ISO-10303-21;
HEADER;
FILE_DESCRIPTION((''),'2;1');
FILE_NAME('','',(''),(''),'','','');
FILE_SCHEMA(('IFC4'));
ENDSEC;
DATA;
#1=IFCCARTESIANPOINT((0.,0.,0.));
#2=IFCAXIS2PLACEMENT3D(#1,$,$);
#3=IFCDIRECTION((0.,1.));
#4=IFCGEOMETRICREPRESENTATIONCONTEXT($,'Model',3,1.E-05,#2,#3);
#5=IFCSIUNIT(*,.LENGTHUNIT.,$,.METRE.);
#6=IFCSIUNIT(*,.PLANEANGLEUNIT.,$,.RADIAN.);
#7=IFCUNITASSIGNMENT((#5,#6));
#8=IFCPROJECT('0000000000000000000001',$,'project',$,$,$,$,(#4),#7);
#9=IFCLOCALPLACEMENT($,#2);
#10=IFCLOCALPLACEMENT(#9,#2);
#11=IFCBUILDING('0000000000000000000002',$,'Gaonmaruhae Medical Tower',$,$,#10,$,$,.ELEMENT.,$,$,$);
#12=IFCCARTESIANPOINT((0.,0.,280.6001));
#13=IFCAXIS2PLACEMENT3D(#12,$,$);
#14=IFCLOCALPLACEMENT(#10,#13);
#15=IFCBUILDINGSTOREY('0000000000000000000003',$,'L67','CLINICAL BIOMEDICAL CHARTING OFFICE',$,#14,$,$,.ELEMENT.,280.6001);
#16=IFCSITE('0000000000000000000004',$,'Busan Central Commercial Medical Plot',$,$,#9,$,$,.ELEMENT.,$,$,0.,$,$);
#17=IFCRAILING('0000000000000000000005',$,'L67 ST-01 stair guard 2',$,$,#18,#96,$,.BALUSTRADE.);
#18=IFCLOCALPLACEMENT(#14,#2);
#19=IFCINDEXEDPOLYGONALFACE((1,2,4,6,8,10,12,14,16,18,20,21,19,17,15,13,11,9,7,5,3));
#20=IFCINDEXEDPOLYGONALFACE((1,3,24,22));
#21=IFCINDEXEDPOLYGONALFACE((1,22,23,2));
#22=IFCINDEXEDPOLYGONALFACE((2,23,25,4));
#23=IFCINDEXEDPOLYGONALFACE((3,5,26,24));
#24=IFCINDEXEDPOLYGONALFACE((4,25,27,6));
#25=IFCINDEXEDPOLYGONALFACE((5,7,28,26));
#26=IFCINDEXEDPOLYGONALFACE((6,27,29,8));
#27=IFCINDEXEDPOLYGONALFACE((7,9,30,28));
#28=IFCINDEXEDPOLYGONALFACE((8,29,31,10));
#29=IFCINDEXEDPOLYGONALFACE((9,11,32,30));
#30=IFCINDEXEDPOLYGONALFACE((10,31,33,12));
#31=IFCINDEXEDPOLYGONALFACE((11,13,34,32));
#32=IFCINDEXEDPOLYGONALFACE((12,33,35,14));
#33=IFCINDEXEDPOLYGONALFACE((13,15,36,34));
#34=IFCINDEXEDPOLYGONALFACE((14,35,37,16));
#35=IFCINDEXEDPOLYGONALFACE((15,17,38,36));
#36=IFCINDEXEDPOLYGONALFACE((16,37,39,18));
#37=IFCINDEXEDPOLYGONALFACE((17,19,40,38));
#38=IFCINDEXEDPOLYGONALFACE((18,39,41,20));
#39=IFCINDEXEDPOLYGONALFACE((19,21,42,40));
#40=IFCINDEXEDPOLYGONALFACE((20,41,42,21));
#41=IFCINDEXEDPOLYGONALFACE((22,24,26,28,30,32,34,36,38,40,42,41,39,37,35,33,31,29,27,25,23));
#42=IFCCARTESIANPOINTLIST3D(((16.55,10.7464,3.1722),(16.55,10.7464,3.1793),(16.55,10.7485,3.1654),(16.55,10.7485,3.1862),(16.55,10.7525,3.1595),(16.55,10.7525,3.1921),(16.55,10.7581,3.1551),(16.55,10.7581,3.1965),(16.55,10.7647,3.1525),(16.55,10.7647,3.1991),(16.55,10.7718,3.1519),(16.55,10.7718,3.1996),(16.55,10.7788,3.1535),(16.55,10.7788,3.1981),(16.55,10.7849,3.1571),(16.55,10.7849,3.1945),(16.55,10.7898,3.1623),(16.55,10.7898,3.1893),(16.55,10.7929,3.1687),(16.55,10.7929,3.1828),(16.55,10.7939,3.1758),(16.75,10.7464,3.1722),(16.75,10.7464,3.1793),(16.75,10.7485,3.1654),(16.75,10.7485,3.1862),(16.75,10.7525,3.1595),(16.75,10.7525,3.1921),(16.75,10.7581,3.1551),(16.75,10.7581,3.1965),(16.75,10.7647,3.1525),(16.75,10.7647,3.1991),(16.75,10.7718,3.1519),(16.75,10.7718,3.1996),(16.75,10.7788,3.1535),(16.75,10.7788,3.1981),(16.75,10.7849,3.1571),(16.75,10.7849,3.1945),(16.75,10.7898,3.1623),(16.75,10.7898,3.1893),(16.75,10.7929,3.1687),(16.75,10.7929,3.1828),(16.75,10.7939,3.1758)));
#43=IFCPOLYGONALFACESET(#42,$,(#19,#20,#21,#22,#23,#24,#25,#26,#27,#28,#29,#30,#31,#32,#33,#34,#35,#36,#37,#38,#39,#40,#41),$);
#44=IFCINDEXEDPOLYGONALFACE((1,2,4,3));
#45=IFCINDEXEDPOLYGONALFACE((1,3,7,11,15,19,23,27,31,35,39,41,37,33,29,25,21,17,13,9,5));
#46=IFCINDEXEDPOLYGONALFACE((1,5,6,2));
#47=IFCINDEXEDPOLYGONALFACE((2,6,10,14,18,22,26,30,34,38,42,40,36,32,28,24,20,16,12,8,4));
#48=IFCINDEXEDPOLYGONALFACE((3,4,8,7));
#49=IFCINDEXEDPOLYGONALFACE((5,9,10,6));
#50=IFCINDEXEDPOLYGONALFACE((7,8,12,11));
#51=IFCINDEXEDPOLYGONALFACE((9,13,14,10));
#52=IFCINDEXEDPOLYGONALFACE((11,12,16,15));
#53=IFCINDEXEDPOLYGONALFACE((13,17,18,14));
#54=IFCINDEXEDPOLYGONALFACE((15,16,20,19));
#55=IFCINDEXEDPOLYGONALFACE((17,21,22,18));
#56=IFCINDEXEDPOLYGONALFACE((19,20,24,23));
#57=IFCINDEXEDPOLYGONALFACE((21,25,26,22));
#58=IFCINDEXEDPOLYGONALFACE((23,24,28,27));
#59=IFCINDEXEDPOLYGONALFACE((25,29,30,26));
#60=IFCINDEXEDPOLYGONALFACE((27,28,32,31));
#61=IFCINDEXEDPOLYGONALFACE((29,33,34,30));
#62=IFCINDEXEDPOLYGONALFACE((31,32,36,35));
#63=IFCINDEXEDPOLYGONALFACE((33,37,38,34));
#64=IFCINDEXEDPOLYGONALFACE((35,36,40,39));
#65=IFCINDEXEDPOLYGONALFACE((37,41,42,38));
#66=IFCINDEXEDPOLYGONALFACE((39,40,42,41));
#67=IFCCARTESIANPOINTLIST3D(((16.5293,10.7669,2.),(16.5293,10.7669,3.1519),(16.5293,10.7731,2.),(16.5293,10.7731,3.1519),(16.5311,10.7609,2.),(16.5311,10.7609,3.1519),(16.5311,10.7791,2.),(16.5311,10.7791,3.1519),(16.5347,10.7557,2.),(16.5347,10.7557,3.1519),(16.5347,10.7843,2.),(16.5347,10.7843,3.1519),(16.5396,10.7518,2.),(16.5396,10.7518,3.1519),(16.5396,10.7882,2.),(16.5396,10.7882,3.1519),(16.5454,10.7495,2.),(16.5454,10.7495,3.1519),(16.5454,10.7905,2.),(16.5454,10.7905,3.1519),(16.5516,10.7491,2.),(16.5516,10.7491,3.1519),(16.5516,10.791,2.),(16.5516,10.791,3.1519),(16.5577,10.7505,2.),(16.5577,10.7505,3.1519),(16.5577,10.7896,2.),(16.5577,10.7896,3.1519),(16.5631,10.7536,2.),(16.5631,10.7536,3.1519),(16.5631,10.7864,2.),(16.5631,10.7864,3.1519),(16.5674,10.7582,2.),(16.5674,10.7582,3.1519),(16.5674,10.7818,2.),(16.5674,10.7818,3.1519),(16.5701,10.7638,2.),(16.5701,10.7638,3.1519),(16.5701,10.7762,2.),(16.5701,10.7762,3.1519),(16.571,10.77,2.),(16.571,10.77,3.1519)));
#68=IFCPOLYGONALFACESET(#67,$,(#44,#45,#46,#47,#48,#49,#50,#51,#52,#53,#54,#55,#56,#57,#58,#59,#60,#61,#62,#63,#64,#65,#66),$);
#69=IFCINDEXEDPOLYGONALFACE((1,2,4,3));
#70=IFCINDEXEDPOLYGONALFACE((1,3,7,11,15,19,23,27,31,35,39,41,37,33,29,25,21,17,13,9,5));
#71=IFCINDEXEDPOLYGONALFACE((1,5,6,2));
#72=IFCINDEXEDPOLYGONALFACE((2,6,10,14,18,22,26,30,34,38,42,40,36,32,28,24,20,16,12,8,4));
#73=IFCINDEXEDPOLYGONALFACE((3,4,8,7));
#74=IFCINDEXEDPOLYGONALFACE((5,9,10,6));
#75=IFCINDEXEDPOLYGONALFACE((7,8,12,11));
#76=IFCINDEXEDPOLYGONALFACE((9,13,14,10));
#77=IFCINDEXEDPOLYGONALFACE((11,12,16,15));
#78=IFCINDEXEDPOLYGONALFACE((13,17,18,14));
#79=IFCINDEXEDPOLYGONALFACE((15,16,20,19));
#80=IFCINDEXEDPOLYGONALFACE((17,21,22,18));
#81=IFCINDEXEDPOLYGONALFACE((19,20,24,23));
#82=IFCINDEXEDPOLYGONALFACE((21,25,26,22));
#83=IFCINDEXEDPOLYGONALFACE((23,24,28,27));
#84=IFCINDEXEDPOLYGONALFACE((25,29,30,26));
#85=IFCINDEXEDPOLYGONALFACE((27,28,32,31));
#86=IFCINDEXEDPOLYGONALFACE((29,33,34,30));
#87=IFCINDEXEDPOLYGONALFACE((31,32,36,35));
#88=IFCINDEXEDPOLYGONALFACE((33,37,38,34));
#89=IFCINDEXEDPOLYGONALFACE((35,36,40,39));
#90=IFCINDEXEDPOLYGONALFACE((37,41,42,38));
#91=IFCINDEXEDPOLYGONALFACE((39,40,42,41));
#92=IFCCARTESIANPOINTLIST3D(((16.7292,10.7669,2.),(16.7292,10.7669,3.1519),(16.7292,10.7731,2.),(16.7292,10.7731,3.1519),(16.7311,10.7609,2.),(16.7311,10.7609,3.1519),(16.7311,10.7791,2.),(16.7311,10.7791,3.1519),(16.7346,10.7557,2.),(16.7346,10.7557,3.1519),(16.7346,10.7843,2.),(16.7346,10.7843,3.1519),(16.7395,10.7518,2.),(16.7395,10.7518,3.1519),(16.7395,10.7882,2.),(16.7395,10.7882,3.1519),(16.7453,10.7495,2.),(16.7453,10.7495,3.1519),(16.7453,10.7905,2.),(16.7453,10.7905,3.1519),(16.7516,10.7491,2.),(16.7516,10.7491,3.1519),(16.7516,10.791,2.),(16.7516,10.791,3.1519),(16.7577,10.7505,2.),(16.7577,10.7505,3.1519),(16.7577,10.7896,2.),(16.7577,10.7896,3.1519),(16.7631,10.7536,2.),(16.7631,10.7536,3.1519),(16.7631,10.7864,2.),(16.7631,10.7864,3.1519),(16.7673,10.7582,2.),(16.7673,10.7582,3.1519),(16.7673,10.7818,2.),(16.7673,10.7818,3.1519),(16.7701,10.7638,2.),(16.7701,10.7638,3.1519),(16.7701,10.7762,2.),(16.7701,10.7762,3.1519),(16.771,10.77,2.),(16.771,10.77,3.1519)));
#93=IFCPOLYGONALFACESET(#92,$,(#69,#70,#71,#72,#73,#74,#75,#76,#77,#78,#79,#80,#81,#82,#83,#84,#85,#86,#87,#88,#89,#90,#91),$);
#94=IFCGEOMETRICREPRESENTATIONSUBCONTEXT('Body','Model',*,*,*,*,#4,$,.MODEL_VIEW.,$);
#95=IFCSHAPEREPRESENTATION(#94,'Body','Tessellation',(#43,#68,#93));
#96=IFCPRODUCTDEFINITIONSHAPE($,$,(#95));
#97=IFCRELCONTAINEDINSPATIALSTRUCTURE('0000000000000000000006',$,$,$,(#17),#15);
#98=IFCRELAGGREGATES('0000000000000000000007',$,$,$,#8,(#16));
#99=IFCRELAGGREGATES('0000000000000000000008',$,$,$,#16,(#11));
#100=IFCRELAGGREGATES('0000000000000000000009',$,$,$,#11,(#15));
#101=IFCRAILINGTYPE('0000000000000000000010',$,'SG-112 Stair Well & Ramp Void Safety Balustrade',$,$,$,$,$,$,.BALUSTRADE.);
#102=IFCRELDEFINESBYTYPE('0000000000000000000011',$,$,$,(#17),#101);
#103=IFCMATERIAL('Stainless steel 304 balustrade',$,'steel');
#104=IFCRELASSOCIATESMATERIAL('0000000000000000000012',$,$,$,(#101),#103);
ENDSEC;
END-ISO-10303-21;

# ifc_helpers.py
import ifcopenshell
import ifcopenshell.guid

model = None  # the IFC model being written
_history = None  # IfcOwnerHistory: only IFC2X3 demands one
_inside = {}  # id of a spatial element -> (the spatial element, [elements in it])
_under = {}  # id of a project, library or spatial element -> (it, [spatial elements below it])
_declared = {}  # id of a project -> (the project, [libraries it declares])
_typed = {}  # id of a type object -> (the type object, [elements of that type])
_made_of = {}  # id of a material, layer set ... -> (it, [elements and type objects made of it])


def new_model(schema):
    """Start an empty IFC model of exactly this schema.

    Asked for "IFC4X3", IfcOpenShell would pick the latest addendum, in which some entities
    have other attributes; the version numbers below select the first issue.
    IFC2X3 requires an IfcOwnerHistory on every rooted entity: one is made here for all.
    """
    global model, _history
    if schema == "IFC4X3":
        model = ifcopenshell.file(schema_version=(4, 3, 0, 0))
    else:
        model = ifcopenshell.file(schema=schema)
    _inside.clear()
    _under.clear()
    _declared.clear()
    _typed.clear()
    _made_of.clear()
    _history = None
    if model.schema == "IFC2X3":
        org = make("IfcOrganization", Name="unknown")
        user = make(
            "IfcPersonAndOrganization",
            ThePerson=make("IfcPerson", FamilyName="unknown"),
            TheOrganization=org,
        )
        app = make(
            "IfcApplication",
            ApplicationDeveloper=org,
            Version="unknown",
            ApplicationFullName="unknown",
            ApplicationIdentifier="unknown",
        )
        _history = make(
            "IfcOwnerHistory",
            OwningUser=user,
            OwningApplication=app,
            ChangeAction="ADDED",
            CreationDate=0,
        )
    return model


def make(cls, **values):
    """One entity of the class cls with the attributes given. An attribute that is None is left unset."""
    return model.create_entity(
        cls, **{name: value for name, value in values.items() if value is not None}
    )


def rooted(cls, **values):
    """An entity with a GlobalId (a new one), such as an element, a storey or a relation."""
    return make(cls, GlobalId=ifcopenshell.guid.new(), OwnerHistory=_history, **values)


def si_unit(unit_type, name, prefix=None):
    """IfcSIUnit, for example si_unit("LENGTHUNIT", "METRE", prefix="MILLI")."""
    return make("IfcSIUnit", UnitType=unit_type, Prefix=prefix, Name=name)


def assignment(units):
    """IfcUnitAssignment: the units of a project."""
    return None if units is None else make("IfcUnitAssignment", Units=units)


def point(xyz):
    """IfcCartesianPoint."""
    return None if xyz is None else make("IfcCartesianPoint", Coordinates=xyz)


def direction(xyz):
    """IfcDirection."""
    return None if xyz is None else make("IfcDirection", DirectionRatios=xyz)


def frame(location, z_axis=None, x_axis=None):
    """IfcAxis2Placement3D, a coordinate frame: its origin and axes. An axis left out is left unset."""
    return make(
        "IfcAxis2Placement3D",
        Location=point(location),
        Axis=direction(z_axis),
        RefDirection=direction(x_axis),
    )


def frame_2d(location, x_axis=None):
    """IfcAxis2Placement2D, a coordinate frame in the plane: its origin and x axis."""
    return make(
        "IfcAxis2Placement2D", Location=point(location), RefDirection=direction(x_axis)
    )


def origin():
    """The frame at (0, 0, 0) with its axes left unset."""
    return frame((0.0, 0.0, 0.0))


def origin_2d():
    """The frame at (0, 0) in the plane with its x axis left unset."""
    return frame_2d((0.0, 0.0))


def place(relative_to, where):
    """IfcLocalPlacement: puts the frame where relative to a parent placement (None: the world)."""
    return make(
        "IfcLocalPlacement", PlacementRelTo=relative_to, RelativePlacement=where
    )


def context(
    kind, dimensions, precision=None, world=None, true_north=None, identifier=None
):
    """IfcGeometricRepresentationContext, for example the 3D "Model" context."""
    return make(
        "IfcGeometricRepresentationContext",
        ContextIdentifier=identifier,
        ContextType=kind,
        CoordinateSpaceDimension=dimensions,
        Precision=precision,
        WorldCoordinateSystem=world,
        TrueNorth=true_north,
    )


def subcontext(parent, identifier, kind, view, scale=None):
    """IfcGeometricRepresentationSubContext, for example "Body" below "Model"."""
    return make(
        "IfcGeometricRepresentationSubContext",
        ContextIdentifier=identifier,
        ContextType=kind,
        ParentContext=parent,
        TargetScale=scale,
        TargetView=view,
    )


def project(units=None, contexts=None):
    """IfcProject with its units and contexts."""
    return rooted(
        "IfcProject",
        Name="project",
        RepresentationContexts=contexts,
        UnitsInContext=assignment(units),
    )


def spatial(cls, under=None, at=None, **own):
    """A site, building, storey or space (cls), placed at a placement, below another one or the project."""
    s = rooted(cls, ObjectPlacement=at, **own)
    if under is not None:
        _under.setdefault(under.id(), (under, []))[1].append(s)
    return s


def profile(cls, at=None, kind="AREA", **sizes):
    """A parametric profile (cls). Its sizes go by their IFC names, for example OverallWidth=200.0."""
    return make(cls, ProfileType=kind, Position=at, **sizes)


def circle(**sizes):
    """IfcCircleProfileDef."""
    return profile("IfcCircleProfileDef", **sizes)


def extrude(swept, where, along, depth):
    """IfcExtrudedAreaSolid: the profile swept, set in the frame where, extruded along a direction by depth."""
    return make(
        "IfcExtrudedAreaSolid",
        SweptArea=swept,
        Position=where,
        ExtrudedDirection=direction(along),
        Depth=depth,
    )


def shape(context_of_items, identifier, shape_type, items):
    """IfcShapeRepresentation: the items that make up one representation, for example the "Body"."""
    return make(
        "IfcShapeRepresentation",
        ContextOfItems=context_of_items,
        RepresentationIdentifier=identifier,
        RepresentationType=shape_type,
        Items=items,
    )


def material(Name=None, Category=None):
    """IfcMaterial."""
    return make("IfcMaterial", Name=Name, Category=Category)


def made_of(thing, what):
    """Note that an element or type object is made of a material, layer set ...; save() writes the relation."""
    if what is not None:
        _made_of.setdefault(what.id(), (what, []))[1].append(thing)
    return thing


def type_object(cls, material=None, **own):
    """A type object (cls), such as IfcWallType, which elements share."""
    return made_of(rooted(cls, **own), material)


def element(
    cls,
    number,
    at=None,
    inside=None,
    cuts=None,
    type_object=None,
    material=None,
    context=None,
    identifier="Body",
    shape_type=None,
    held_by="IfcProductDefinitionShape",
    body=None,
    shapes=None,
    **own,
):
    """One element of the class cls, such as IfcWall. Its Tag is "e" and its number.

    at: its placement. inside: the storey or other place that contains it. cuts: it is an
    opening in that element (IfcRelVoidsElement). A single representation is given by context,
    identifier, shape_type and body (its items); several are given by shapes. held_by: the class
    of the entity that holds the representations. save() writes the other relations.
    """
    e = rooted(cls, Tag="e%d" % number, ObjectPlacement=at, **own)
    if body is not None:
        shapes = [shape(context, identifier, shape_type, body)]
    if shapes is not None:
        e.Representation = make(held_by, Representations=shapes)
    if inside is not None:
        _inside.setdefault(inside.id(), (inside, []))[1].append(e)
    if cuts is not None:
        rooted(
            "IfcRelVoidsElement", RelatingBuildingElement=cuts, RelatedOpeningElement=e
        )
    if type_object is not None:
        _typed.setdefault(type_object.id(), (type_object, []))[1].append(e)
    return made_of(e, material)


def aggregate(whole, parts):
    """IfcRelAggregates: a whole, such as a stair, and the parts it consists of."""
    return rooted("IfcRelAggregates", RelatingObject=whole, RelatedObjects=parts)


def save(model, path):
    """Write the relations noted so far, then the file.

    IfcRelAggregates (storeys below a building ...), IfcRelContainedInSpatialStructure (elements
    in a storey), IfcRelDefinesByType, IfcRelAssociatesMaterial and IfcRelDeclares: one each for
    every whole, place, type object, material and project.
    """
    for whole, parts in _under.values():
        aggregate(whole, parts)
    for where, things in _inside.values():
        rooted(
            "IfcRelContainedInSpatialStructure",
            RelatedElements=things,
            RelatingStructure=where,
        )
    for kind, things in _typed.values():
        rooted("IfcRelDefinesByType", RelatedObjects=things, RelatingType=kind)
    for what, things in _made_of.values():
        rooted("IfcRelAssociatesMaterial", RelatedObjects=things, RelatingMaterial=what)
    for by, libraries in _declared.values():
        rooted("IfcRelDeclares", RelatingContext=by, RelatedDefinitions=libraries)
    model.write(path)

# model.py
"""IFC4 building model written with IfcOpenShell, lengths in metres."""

from ifc_helpers import new_model, si_unit, direction, frame, origin, origin_2d, place, context, subcontext, project, spatial, circle, extrude, material, type_object, element, save


model = new_model("IFC4")

# Units and contexts
model_context = context("Model", 3, precision=1e-05, world=origin(), true_north=direction((0.0, 1.0)))
body_context = subcontext(model_context, "Body", "Model", "MODEL_VIEW")
ifc_project = project(units=[si_unit("LENGTHUNIT", "METRE"), si_unit("PLANEANGLEUNIT", "RADIAN")], contexts=[model_context])

# Site, building, storey
site_placement = place(None, origin())
site = spatial("IfcSite", under=ifc_project, at=site_placement, Name="Busan Central Commercial Medical Plot", CompositionType="ELEMENT", RefElevation=0.0)
building_placement = place(site_placement, origin())
building = spatial("IfcBuilding", under=site, at=building_placement, Name="Gaonmaruhae Medical Tower", CompositionType="ELEMENT")
storey_placement = place(building_placement, frame((0.0, 0.0, 280.6001)))
storey = spatial("IfcBuildingStorey", under=building, at=storey_placement, Name="L67", Description="CLINICAL BIOMEDICAL CHARTING OFFICE", CompositionType="ELEMENT", Elevation=280.6001)

# Railing
ifc_material_1 = material(Name="Stainless steel 304 balustrade", Category="steel")
railing_type_1 = type_object("IfcRailingType", Name="SG-112 Stair Well & Ramp Void Safety Balustrade", PredefinedType="BALUSTRADE", material=ifc_material_1)
railing_1_placement = place(storey_placement, frame((16.55, 10.77, 2.0)))
element("IfcRailing", 1, at=railing_1_placement, inside=storey, type_object=railing_type_1, Name="L67 ST-01 stair guard 2", PredefinedType="BALUSTRADE", context=body_context, shape_type="SweptSolid", body=[
    extrude(circle(Radius=0.0239, at=origin_2d()), frame((0.0, 0.0, 1.1758), z_axis=(1.0, 0.0, 0.0), x_axis=(0.0, 1.0, 0.0)), (0.0, 0.0, 1.0), 0.2),
    extrude(circle(Radius=0.021, at=origin_2d()), origin(), (0.0, 0.0, 1.0), 1.1519),
    extrude(circle(Radius=0.021, at=origin_2d()), frame((0.2, 0.0, 0.0)), (0.0, 0.0, 1.0), 1.1519),
])

save(model, "model.ifc")
